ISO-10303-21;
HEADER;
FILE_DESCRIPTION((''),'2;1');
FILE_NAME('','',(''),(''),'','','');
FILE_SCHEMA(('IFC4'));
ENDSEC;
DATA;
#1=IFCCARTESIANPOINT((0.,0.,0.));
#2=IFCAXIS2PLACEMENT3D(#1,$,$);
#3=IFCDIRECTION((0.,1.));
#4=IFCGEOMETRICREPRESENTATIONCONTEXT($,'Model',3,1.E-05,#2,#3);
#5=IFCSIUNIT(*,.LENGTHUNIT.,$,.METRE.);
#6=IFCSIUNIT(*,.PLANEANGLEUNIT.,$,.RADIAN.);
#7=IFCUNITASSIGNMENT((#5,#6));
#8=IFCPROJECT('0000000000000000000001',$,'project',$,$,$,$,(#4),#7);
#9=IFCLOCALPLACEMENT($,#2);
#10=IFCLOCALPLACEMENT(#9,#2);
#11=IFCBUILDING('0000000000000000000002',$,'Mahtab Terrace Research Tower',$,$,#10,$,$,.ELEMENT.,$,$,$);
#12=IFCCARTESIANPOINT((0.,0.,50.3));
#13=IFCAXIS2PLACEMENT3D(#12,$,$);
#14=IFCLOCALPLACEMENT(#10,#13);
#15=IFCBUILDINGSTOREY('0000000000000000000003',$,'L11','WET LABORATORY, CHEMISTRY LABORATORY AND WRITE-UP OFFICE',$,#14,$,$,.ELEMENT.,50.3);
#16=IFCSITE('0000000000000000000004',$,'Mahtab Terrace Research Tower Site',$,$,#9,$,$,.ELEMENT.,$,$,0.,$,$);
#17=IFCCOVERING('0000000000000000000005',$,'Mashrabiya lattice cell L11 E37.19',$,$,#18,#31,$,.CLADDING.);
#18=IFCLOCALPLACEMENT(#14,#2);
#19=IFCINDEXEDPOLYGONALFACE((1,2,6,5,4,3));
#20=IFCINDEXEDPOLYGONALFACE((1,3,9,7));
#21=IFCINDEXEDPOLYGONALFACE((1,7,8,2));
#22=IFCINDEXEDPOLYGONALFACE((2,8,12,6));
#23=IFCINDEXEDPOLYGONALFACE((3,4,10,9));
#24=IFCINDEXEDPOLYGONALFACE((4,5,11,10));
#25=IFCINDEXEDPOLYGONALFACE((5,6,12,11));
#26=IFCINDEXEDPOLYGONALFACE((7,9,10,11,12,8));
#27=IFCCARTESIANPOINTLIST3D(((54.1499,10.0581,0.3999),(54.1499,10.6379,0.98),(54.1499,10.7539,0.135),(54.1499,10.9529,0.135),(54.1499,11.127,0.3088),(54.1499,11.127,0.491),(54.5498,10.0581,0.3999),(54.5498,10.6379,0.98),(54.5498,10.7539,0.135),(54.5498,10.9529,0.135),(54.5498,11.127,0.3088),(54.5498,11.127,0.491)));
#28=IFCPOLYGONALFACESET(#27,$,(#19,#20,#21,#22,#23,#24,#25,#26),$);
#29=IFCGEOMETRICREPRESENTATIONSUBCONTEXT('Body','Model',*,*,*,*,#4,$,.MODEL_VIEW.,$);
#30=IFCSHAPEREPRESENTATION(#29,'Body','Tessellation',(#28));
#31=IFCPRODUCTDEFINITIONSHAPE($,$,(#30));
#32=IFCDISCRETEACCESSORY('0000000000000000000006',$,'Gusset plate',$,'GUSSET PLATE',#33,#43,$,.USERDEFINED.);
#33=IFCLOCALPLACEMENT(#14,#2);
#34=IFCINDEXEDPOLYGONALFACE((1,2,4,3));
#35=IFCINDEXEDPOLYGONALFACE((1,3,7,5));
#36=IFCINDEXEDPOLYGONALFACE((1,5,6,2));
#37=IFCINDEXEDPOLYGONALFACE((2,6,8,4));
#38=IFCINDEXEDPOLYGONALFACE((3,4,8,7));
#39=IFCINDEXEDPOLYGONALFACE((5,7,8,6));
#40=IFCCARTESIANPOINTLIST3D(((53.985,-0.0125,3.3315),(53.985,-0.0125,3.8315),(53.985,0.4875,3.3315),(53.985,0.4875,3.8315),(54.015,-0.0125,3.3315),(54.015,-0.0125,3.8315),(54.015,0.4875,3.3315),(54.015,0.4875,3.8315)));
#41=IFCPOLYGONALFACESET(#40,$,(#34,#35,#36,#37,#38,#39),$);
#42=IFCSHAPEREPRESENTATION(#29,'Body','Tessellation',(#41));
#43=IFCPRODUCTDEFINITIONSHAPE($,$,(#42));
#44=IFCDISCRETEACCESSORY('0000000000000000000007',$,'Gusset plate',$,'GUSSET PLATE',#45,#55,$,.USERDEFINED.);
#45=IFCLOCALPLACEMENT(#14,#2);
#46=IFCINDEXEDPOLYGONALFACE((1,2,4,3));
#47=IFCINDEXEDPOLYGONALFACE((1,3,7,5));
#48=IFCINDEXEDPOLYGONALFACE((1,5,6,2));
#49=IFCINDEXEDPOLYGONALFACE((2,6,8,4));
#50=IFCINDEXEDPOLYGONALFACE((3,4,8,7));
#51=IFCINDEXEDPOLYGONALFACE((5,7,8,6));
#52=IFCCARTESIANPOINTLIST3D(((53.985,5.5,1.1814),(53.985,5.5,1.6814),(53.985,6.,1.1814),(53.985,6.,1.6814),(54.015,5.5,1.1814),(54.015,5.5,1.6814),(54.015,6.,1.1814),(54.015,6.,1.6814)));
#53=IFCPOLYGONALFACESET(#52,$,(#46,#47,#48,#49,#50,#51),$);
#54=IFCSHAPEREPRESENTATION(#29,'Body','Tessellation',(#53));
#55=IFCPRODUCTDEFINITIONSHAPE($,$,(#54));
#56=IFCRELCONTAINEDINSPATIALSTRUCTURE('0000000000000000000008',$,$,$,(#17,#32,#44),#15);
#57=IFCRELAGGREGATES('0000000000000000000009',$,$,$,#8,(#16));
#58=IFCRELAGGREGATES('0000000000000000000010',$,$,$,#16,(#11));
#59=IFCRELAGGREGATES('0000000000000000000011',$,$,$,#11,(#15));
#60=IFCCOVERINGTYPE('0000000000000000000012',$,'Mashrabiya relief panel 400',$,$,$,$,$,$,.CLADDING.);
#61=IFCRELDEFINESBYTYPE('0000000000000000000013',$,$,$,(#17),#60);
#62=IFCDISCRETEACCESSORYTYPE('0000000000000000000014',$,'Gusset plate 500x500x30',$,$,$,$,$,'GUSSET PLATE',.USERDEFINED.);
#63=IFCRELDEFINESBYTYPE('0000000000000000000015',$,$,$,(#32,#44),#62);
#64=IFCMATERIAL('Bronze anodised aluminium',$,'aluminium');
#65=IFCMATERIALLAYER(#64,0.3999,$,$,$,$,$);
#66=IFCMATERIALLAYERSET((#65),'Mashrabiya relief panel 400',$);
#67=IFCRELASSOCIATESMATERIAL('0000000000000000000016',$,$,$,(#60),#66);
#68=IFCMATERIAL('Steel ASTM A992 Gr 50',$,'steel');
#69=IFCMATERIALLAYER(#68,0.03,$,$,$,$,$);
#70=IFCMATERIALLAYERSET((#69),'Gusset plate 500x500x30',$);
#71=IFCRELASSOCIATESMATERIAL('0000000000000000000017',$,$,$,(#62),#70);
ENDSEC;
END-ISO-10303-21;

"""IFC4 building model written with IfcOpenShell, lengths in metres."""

from ifc_helpers import new_model, si_unit, direction, frame, origin, origin_2d, place, context, subcontext, project, spatial, polyline, rectangle, outline, extrude, material, layer, layer_set, type_object, element, save


model = new_model("IFC4")

# Units and contexts
model_context = context("Model", 3, precision=1e-05, world=origin(), true_north=direction((0.0, 1.0)))
body_context = subcontext(model_context, "Body", "Model", "MODEL_VIEW")
ifc_project = project(units=[si_unit("LENGTHUNIT", "METRE"), si_unit("PLANEANGLEUNIT", "RADIAN")], contexts=[model_context])

# Site, building, storey
site_placement = place(None, origin())
site = spatial("IfcSite", under=ifc_project, at=site_placement, Name="Mahtab Terrace Research Tower Site", CompositionType="ELEMENT", RefElevation=0.0)
building_placement = place(site_placement, origin())
building = spatial("IfcBuilding", under=site, at=building_placement, Name="Mahtab Terrace Research Tower", CompositionType="ELEMENT")
storey_placement = place(building_placement, frame((0.0, 0.0, 50.3)))
storey = spatial("IfcBuildingStorey", under=building, at=storey_placement, Name="L11", Description="WET LABORATORY, CHEMISTRY LABORATORY AND WRITE-UP OFFICE", CompositionType="ELEMENT", Elevation=50.3)

# Shared definitions
ifc_material_1 = material(Name="Steel ASTM A992 Gr 50", Category="steel")

# Covering
ifc_material_2 = material(Name="Bronze anodised aluminium", Category="aluminium")
ifc_layer_1 = layer(ifc_material_2, 0.3999)
ifc_layer_set_1 = layer_set([ifc_layer_1], Name="Mashrabiya relief panel 400")
covering_type = type_object("IfcCoveringType", Name="Mashrabiya relief panel 400", PredefinedType="CLADDING", material=ifc_layer_set_1)
covering_1_placement = place(storey_placement, frame((54.1499, 10.0581, 0.3999), z_axis=(-1.0, 0.0, 0.0), x_axis=(0.0, 0.706958, 0.707256)))
element("IfcCovering", 1, at=covering_1_placement, inside=storey, type_object=covering_type, Name="Mashrabiya lattice cell L11 E37.19", PredefinedType="CLADDING", context=body_context, shape_type="SweptSolid", body=[
    extrude(outline(polyline([(0.0, 0.0), (0.8202, 0.0), (0.82, 0.6916), (0.6912, 0.8203), (0.4452, 0.8201), (0.3046, 0.6794), (0.0, 0.0)])), origin(), (0.0, 0.0, -1.0), 0.3999),
])

# Discrete accessories
ifc_layer_2 = layer(ifc_material_1, 0.03)
ifc_layer_set_2 = layer_set([ifc_layer_2], Name="Gusset plate 500x500x30")
discrete_accessory_type = type_object("IfcDiscreteAccessoryType", Name="Gusset plate 500x500x30", ElementType="GUSSET PLATE", PredefinedType="USERDEFINED", material=ifc_layer_set_2)
for number, where, z_axis, x_axis, name in (
    (2, (54.0, 0.2375, 3.3315), (0.0, 0.0, 1.0), (0.0, 1.0, 0.0), "Gusset plate"),
    (3, (54.0, 5.75, 1.1814), (0.0, 0.0, 1.0), (0.0, 1.0, 0.0), "Gusset plate"),
):
    element("IfcDiscreteAccessory", number, at=place(storey_placement, frame(where, z_axis=z_axis, x_axis=x_axis)), inside=storey, type_object=discrete_accessory_type, Name=name, ObjectType="GUSSET PLATE", PredefinedType="USERDEFINED", context=body_context, shape_type="SweptSolid", body=[
        extrude(rectangle(XDim=0.5, YDim=0.03, at=origin_2d()), origin(), (0.0, 0.0, 1.0), 0.5),
    ])

save(model, "model.ifc")
